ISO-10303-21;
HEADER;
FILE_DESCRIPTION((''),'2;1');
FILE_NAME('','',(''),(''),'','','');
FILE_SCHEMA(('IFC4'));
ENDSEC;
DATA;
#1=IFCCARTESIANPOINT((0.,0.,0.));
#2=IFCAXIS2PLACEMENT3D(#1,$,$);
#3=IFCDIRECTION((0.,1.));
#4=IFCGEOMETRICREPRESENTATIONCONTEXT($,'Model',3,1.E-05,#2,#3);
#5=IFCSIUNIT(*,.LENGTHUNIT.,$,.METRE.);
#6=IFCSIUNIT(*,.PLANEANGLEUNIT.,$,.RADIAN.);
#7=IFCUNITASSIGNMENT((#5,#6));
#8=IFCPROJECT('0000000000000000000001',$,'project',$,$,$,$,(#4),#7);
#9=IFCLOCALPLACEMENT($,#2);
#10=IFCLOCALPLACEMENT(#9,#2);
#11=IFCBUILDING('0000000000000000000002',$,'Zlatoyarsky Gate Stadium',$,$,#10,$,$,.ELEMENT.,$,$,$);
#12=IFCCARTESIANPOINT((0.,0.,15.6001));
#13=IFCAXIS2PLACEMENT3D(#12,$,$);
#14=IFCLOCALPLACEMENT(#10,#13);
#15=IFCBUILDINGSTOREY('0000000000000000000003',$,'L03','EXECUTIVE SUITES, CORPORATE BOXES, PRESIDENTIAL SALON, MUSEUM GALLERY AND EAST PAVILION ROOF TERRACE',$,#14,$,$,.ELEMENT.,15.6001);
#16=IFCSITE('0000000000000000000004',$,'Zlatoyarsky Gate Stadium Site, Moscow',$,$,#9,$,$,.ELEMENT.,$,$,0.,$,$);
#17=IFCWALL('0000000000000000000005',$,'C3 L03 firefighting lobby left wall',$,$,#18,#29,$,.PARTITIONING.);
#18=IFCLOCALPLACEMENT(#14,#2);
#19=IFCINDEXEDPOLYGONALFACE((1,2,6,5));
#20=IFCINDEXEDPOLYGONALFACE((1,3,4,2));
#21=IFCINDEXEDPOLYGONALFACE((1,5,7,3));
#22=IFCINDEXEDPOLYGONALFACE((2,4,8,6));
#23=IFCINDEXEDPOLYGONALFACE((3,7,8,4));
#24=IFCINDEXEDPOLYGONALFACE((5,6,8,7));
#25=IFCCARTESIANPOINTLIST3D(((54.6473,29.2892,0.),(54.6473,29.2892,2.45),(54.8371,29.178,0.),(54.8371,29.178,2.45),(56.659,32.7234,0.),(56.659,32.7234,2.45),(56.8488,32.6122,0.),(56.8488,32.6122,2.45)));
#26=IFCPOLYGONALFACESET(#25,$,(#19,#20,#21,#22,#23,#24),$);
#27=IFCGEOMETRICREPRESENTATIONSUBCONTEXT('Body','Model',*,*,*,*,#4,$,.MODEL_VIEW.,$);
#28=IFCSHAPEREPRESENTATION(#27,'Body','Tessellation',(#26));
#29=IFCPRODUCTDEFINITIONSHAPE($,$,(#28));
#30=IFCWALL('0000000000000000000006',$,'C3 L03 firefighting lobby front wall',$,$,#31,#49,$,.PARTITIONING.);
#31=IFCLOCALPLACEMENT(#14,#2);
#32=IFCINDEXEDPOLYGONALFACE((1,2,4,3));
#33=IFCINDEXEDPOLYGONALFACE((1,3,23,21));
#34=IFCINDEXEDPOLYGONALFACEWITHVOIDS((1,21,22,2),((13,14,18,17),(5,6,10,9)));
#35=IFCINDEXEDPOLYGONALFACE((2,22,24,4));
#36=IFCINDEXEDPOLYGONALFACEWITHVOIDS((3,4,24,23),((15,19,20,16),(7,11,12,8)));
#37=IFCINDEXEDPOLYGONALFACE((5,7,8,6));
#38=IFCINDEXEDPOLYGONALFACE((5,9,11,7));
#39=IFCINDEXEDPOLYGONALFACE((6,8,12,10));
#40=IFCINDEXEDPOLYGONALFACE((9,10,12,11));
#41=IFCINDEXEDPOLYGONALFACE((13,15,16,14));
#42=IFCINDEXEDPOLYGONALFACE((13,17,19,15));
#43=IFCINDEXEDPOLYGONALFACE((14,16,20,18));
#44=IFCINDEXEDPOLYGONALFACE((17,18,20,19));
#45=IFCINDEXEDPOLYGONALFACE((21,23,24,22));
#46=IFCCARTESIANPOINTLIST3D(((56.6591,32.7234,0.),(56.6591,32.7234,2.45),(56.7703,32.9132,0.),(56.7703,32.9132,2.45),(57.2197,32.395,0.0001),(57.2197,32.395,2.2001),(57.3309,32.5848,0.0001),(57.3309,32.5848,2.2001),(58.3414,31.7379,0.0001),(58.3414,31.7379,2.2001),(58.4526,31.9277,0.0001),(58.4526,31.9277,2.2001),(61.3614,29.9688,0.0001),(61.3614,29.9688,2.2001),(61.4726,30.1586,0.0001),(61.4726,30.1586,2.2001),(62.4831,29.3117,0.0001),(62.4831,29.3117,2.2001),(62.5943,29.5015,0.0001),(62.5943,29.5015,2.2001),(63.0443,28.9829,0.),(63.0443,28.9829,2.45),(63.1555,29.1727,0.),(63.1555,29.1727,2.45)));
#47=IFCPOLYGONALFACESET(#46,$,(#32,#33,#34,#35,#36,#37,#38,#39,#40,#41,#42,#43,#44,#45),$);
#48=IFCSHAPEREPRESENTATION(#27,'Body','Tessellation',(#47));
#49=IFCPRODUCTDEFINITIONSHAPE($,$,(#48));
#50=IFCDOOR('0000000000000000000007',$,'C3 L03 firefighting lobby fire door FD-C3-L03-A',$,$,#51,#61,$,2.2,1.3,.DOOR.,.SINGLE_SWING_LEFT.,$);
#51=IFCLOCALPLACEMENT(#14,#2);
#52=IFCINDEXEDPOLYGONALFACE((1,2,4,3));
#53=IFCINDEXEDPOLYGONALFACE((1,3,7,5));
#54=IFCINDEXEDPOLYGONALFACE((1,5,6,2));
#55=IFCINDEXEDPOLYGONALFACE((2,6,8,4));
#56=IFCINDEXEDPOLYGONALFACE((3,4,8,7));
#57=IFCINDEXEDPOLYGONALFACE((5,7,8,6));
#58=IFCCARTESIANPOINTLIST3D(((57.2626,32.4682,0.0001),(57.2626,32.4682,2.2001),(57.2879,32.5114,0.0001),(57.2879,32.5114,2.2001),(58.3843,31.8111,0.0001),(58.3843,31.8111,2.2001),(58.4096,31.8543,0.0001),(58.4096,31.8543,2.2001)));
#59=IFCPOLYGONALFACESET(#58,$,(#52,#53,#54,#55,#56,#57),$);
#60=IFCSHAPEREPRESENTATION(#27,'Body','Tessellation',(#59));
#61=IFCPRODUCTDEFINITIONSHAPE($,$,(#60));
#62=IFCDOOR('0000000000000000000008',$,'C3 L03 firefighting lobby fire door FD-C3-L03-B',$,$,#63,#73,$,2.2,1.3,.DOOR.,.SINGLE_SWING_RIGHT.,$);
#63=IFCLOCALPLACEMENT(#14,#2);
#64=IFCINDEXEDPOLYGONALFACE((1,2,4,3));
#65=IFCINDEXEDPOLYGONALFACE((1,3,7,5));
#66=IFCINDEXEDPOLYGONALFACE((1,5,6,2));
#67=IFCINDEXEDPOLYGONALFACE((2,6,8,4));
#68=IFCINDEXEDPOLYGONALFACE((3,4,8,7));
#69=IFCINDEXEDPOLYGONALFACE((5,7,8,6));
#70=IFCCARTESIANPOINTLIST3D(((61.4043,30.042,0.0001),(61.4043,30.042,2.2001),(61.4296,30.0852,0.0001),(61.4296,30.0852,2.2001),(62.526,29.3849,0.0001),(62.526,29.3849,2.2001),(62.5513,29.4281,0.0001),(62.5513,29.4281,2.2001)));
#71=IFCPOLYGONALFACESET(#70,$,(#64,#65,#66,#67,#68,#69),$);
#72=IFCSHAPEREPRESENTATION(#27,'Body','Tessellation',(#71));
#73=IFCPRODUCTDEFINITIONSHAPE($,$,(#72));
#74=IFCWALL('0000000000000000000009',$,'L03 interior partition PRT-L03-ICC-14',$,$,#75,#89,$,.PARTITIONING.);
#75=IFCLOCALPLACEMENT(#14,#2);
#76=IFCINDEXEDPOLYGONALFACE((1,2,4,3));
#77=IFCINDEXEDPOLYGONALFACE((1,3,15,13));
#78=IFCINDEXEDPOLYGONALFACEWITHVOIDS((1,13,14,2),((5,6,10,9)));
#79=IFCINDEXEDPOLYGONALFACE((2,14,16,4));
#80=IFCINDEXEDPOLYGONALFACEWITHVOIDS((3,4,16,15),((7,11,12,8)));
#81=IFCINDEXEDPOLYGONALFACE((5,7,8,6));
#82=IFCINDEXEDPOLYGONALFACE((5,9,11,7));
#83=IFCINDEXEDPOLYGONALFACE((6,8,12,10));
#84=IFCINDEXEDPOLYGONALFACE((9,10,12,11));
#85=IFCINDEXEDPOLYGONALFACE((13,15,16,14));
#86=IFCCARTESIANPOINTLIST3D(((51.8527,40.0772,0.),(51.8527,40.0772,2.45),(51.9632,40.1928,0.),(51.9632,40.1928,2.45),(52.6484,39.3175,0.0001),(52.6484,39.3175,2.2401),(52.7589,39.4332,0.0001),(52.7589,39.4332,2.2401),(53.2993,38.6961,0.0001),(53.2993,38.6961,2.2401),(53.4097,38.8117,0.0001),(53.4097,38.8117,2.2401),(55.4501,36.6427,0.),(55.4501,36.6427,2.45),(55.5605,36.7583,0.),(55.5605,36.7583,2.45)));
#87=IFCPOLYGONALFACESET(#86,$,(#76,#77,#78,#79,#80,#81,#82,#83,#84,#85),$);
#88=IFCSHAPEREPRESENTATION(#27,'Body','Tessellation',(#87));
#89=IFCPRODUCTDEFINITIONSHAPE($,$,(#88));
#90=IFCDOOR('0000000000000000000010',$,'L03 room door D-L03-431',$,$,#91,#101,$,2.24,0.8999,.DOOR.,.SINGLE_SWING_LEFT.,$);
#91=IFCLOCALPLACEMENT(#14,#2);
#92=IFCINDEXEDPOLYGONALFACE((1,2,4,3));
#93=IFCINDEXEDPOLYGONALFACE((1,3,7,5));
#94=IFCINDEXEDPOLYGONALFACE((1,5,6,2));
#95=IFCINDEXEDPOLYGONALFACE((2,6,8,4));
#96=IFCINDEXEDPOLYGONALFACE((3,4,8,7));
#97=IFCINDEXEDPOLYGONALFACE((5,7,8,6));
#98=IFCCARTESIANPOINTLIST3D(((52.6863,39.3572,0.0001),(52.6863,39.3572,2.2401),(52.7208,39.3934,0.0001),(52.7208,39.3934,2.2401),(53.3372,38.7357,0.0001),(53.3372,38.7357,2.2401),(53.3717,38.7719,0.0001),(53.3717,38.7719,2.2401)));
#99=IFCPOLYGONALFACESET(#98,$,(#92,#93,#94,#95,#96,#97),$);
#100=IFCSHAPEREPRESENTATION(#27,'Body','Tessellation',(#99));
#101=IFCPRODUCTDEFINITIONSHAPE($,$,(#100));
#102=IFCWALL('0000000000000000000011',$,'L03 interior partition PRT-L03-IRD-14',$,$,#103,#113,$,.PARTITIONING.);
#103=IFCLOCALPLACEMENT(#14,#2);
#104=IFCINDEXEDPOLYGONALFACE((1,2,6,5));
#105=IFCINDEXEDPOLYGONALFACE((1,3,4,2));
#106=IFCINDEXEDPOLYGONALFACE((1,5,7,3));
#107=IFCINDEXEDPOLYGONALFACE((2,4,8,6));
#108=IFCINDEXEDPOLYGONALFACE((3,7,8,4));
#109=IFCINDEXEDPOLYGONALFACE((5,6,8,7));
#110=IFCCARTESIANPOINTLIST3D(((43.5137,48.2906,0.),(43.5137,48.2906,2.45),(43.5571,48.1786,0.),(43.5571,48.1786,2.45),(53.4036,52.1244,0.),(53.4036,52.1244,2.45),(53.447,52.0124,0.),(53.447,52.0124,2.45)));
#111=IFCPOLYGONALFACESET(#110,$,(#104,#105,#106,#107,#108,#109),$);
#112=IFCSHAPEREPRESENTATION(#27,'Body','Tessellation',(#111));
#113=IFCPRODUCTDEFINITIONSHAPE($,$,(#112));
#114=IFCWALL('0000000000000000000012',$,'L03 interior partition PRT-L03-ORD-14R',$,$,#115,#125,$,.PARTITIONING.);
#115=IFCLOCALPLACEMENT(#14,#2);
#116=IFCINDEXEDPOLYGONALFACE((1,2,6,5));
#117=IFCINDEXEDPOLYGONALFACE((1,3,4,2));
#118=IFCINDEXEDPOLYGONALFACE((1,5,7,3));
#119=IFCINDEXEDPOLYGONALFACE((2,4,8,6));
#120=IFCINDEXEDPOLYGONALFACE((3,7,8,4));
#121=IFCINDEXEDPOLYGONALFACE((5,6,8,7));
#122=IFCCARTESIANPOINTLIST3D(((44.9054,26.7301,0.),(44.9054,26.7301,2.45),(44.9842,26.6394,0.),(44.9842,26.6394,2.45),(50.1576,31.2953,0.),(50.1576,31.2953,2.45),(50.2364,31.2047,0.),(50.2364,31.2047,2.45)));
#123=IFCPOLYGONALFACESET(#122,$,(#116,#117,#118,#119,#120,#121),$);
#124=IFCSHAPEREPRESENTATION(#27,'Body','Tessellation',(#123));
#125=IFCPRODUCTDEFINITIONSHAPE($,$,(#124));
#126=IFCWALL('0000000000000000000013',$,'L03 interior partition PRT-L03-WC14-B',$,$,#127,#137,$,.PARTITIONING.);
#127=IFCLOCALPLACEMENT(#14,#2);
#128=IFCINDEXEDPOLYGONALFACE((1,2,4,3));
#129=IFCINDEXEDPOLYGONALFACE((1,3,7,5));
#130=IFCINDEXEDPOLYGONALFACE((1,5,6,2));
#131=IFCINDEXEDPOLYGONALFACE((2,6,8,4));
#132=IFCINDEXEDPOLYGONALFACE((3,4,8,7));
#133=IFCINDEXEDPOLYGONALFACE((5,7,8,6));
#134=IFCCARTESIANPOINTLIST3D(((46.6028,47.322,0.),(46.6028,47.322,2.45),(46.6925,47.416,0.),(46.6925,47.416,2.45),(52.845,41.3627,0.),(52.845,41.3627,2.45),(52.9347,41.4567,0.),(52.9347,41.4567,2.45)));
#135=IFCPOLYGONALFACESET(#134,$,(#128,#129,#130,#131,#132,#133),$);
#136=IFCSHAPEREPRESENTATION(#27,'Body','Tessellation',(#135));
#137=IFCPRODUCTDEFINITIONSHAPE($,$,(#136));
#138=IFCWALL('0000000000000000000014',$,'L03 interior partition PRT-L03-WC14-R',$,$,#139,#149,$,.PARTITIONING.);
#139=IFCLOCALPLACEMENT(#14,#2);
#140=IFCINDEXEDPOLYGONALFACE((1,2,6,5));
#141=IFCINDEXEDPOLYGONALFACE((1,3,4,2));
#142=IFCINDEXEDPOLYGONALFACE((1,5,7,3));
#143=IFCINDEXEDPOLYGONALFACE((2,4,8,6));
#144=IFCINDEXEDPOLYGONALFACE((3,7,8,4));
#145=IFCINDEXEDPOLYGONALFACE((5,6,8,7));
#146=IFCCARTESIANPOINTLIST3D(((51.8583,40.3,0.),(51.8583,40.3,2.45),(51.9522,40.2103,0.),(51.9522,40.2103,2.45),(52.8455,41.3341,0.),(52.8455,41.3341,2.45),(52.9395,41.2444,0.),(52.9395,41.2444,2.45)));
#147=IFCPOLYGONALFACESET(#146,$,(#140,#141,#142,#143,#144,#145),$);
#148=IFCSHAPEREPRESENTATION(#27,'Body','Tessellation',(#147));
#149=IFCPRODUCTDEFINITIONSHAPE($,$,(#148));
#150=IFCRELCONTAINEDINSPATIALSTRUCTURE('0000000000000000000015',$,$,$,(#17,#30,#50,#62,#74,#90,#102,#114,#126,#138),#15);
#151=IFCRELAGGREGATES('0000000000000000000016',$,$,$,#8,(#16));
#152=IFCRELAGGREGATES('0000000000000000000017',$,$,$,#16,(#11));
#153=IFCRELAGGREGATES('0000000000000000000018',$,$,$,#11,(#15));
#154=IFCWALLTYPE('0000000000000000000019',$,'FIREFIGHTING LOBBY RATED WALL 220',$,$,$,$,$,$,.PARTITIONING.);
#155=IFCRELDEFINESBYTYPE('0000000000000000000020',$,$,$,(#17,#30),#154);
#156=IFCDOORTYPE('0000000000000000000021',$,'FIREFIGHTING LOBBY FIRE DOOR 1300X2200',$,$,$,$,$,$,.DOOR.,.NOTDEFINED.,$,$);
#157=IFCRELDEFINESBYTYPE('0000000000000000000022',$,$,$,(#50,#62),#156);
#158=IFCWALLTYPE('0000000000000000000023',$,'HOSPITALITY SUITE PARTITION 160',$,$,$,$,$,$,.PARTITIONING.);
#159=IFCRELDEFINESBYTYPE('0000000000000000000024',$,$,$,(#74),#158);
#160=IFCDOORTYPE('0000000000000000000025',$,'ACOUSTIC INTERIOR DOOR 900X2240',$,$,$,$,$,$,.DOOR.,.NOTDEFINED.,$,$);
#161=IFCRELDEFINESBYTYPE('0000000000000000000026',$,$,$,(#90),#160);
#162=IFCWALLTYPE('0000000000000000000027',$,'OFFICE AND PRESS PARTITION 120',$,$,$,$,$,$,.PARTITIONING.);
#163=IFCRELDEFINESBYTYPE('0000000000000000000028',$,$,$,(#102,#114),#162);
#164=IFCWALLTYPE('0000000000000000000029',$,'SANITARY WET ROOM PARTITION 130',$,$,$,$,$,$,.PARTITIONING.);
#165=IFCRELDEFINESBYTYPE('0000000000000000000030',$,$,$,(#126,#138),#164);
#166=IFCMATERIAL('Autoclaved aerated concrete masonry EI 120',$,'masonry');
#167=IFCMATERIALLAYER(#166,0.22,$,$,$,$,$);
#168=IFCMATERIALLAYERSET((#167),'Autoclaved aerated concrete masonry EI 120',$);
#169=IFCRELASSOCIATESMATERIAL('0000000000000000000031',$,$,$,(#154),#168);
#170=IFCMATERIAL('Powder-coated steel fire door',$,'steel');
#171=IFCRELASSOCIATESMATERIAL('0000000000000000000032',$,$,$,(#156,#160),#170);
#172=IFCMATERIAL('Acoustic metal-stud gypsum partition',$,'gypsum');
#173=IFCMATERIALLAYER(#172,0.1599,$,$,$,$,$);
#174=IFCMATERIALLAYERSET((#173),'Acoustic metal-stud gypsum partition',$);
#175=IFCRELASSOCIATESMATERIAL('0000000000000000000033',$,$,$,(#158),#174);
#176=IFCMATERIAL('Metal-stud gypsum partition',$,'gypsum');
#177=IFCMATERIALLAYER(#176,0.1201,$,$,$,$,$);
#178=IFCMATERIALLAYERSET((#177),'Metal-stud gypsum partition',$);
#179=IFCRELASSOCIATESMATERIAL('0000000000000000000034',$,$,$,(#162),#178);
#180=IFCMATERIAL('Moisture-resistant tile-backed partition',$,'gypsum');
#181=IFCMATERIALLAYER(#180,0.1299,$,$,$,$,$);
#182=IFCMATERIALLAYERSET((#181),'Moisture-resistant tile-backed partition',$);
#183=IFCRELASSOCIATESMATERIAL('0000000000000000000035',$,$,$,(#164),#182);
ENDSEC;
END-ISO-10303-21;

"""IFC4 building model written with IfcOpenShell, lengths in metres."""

from ifc_helpers import new_model, si_unit, direction, frame, frame_2d, origin, place, context, subcontext, project, spatial, rectangle, extrude, material, layer, layer_set, type_object, element, fill, save


model = new_model("IFC4")

# Units and contexts
model_context = context("Model", 3, precision=1e-05, world=origin(), true_north=direction((0.0, 1.0)))
body_context = subcontext(model_context, "Body", "Model", "MODEL_VIEW")
ifc_project = project(units=[si_unit("LENGTHUNIT", "METRE"), si_unit("PLANEANGLEUNIT", "RADIAN")], contexts=[model_context])

# Site, building, storey
site_placement = place(None, origin())
site = spatial("IfcSite", under=ifc_project, at=site_placement, Name="Zlatoyarsky Gate Stadium Site, Moscow", CompositionType="ELEMENT", RefElevation=0.0)
building_placement = place(site_placement, origin())
building = spatial("IfcBuilding", under=site, at=building_placement, Name="Zlatoyarsky Gate Stadium", CompositionType="ELEMENT")
storey_placement = place(building_placement, frame((0.0, 0.0, 15.6001)))
storey = spatial("IfcBuildingStorey", under=building, at=storey_placement, Name="L03", Description="EXECUTIVE SUITES, CORPORATE BOXES, PRESIDENTIAL SALON, MUSEUM GALLERY AND EAST PAVILION ROOF TERRACE", CompositionType="ELEMENT", Elevation=15.6001)

# Shared definitions
ifc_material_1 = material(Name="Powder-coated steel fire door", Category="steel")

# Wall
ifc_material_2 = material(Name="Autoclaved aerated concrete masonry EI 120", Category="masonry")
ifc_layer_1 = layer(ifc_material_2, 0.22)
ifc_layer_set_1 = layer_set([ifc_layer_1], Name="Autoclaved aerated concrete masonry EI 120")
wall_type_1 = type_object("IfcWallType", Name="FIREFIGHTING LOBBY RATED WALL 220", PredefinedType="PARTITIONING", material=ifc_layer_set_1)
wall_1_placement = place(storey_placement, frame((54.7422, 29.2336, 0.0), z_axis=(0.0, 0.0, 1.0), x_axis=(0.505464, 0.862847, 0.0)))
element("IfcWall", 1, at=wall_1_placement, inside=storey, type_object=wall_type_1, Name="C3 L03 firefighting lobby left wall", PredefinedType="PARTITIONING", context=body_context, shape_type="SweptSolid", body=[
    extrude(rectangle(XDim=3.98, YDim=0.22, at=frame_2d((1.99, 0.0))), origin(), (0.0, 0.0, 1.0), 2.45),
])

# Wall, openings, doors
wall_2_placement = place(storey_placement, frame((56.7146, 32.8184, 0.0), z_axis=(0.0, 0.0, 1.0), x_axis=(0.862851, -0.505458, 0.0)))
wall_2 = element("IfcWall", 2, at=wall_2_placement, inside=storey, type_object=wall_type_1, Name="C3 L03 firefighting lobby front wall", PredefinedType="PARTITIONING", context=body_context, shape_type="SweptSolid", body=[
    extrude(rectangle(XDim=7.4001, YDim=0.22, at=frame_2d((3.7002, 0.0))), origin(), (0.0, 0.0, 1.0), 2.45),
])
opening_1_placement = place(wall_2_placement, frame((0.6499, 0.0, 0.0)))
opening_1 = element("IfcOpeningElement", 3, at=opening_1_placement, cuts=wall_2, PredefinedType="OPENING", context=body_context, shape_type="SweptSolid", body=[
    extrude(rectangle(XDim=1.3, YDim=2.2, at=frame_2d((0.6499, 1.1001))), frame((0.0, 0.1199, 0.0), z_axis=(0.0, -1.0, 0.0), x_axis=(1.0, 0.0, 0.0)), (0.0, 0.0, 1.0), 0.24),
])
opening_2_placement = place(wall_2_placement, frame((5.45, 0.0, 0.0)))
opening_2 = element("IfcOpeningElement", 4, at=opening_2_placement, cuts=wall_2, PredefinedType="OPENING", context=body_context, shape_type="SweptSolid", body=[
    extrude(rectangle(XDim=1.3, YDim=2.2, at=frame_2d((0.6499, 1.1001))), frame((0.0, 0.1199, 0.0), z_axis=(0.0, -1.0, 0.0), x_axis=(1.0, 0.0, 0.0)), (0.0, 0.0, 1.0), 0.24),
])
door_type_1 = type_object("IfcDoorType", Name="FIREFIGHTING LOBBY FIRE DOOR 1300X2200", OperationType="NOTDEFINED", PredefinedType="DOOR", material=ifc_material_1)
door_1_placement = place(opening_1_placement, origin())
door_1 = element("IfcDoor", 5, at=door_1_placement, inside=storey, type_object=door_type_1, Name="C3 L03 firefighting lobby fire door FD-C3-L03-A", OperationType="SINGLE_SWING_LEFT", OverallHeight=2.2, OverallWidth=1.3, PredefinedType="DOOR", context=body_context, shape_type="SweptSolid", body=[
    extrude(rectangle(XDim=1.3, YDim=2.2, at=frame_2d((0.6499, 1.1001))), frame((0.0, 0.0249, 0.0), z_axis=(0.0, -1.0, 0.0), x_axis=(1.0, 0.0, 0.0)), (0.0, 0.0, 1.0), 0.05),
])
fill(opening_1, door_1)
door_2_placement = place(opening_2_placement, origin())
door_2 = element("IfcDoor", 6, at=door_2_placement, inside=storey, type_object=door_type_1, Name="C3 L03 firefighting lobby fire door FD-C3-L03-B", OperationType="SINGLE_SWING_RIGHT", OverallHeight=2.2, OverallWidth=1.3, PredefinedType="DOOR", context=body_context, shape_type="SweptSolid", body=[
    extrude(rectangle(XDim=1.3, YDim=2.2, at=frame_2d((0.6499, 1.1001))), frame((0.0, 0.0249, 0.0), z_axis=(0.0, -1.0, 0.0), x_axis=(1.0, 0.0, 0.0)), (0.0, 0.0, 1.0), 0.05),
])
fill(opening_2, door_2)

# Wall, opening, door
ifc_material_3 = material(Name="Acoustic metal-stud gypsum partition", Category="gypsum")
ifc_layer_2 = layer(ifc_material_3, 0.1599)
ifc_layer_set_2 = layer_set([ifc_layer_2], Name="Acoustic metal-stud gypsum partition")
wall_type_2 = type_object("IfcWallType", Name="HOSPITALITY SUITE PARTITION 160", PredefinedType="PARTITIONING", material=ifc_layer_set_2)
wall_3_placement = place(storey_placement, frame((51.908, 40.135, 0.0), z_axis=(0.0, 0.0, 1.0), x_axis=(0.723288, -0.690547, 0.0)))
wall_3 = element("IfcWall", 7, at=wall_3_placement, inside=storey, type_object=wall_type_2, Name="L03 interior partition PRT-L03-ICC-14", PredefinedType="PARTITIONING", context=body_context, shape_type="SweptSolid", body=[
    extrude(rectangle(XDim=4.9736, YDim=0.1599, at=frame_2d((2.4868, 0.0))), origin(), (0.0, 0.0, 1.0), 2.45),
])
opening_3_placement = place(wall_3_placement, frame((1.1001, 0.0, 0.0)))
opening_3 = element("IfcOpeningElement", 8, at=opening_3_placement, cuts=wall_3, PredefinedType="OPENING", context=body_context, shape_type="SweptSolid", body=[
    extrude(rectangle(XDim=0.8999, YDim=2.24, at=frame_2d((0.45, 1.1201))), frame((0.0, 0.0898, 0.0), z_axis=(0.0, -1.0, 0.0), x_axis=(1.0, 0.0, 0.0)), (0.0, 0.0, 1.0), 0.1799),
])
door_type_2 = type_object("IfcDoorType", Name="ACOUSTIC INTERIOR DOOR 900X2240", OperationType="NOTDEFINED", PredefinedType="DOOR", material=ifc_material_1)
door_3_placement = place(opening_3_placement, origin())
door_3 = element("IfcDoor", 9, at=door_3_placement, inside=storey, type_object=door_type_2, Name="L03 room door D-L03-431", OperationType="SINGLE_SWING_LEFT", OverallHeight=2.24, OverallWidth=0.8999, PredefinedType="DOOR", context=body_context, shape_type="SweptSolid", body=[
    extrude(rectangle(XDim=0.8999, YDim=2.24, at=frame_2d((0.45, 1.1201))), frame((0.0, 0.0249, 0.0), z_axis=(0.0, -1.0, 0.0), x_axis=(1.0, 0.0, 0.0)), (0.0, 0.0, 1.0), 0.05),
])
fill(opening_3, door_3)

# Walls
ifc_material_4 = material(Name="Metal-stud gypsum partition", Category="gypsum")
ifc_layer_3 = layer(ifc_material_4, 0.1201)
ifc_layer_set_3 = layer_set([ifc_layer_3], Name="Metal-stud gypsum partition")
wall_type_3 = type_object("IfcWallType", Name="OFFICE AND PRESS PARTITION 120", PredefinedType="PARTITIONING", material=ifc_layer_set_3)
wall_4_placement = place(storey_placement, frame((53.4253, 52.0684, 0.0), z_axis=(0.0, 0.0, 1.0), x_axis=(-0.932397, -0.361436, 0.0)))
element("IfcWall", 10, at=wall_4_placement, inside=storey, type_object=wall_type_3, Name="L03 interior partition PRT-L03-IRD-14", PredefinedType="PARTITIONING", context=body_context, shape_type="SweptSolid", body=[
    extrude(rectangle(XDim=10.6069, YDim=0.1201, at=frame_2d((5.3035, 0.0))), origin(), (0.0, 0.0, 1.0), 2.45),
])
wall_5_placement = place(storey_placement, frame((50.197, 31.25, 0.0), z_axis=(0.0, 0.0, 1.0), x_axis=(-0.754744, -0.65602, 0.0)))
element("IfcWall", 11, at=wall_5_placement, inside=storey, type_object=wall_type_3, Name="L03 interior partition PRT-L03-ORD-14R", PredefinedType="PARTITIONING", context=body_context, shape_type="SweptSolid", body=[
    extrude(rectangle(XDim=6.959, YDim=0.1201, at=frame_2d((3.4795, 0.0))), origin(), (0.0, 0.0, 1.0), 2.45),
])
ifc_material_5 = material(Name="Moisture-resistant tile-backed partition", Category="gypsum")
ifc_layer_4 = layer(ifc_material_5, 0.1299)
ifc_layer_set_4 = layer_set([ifc_layer_4], Name="Moisture-resistant tile-backed partition")
wall_type_4 = type_object("IfcWallType", Name="SANITARY WET ROOM PARTITION 130", PredefinedType="PARTITIONING", material=ifc_layer_set_4)
wall_6_placement = place(storey_placement, frame((46.6477, 47.3689, 0.0), z_axis=(0.0, 0.0, 1.0), x_axis=(0.723311, -0.690523, 0.0)))
element("IfcWall", 12, at=wall_6_placement, inside=storey, type_object=wall_type_4, Name="L03 interior partition PRT-L03-WC14-B", PredefinedType="PARTITIONING", context=body_context, shape_type="SweptSolid", body=[
    extrude(rectangle(XDim=8.6301, YDim=0.1299, at=frame_2d((4.3149, 0.0))), origin(), (0.0, 0.0, 1.0), 2.45),
])
wall_7_placement = place(storey_placement, frame((51.9053, 40.2551, 0.0), z_axis=(0.0, 0.0, 1.0), x_axis=(0.690524, 0.723309, 0.0)))
element("IfcWall", 13, at=wall_7_placement, inside=storey, type_object=wall_type_4, Name="L03 interior partition PRT-L03-WC14-R", PredefinedType="PARTITIONING", context=body_context, shape_type="SweptSolid", body=[
    extrude(rectangle(XDim=1.4297, YDim=0.1299, at=frame_2d((0.7148, 0.0))), origin(), (0.0, 0.0, 1.0), 2.45),
])

save(model, "model.ifc")
